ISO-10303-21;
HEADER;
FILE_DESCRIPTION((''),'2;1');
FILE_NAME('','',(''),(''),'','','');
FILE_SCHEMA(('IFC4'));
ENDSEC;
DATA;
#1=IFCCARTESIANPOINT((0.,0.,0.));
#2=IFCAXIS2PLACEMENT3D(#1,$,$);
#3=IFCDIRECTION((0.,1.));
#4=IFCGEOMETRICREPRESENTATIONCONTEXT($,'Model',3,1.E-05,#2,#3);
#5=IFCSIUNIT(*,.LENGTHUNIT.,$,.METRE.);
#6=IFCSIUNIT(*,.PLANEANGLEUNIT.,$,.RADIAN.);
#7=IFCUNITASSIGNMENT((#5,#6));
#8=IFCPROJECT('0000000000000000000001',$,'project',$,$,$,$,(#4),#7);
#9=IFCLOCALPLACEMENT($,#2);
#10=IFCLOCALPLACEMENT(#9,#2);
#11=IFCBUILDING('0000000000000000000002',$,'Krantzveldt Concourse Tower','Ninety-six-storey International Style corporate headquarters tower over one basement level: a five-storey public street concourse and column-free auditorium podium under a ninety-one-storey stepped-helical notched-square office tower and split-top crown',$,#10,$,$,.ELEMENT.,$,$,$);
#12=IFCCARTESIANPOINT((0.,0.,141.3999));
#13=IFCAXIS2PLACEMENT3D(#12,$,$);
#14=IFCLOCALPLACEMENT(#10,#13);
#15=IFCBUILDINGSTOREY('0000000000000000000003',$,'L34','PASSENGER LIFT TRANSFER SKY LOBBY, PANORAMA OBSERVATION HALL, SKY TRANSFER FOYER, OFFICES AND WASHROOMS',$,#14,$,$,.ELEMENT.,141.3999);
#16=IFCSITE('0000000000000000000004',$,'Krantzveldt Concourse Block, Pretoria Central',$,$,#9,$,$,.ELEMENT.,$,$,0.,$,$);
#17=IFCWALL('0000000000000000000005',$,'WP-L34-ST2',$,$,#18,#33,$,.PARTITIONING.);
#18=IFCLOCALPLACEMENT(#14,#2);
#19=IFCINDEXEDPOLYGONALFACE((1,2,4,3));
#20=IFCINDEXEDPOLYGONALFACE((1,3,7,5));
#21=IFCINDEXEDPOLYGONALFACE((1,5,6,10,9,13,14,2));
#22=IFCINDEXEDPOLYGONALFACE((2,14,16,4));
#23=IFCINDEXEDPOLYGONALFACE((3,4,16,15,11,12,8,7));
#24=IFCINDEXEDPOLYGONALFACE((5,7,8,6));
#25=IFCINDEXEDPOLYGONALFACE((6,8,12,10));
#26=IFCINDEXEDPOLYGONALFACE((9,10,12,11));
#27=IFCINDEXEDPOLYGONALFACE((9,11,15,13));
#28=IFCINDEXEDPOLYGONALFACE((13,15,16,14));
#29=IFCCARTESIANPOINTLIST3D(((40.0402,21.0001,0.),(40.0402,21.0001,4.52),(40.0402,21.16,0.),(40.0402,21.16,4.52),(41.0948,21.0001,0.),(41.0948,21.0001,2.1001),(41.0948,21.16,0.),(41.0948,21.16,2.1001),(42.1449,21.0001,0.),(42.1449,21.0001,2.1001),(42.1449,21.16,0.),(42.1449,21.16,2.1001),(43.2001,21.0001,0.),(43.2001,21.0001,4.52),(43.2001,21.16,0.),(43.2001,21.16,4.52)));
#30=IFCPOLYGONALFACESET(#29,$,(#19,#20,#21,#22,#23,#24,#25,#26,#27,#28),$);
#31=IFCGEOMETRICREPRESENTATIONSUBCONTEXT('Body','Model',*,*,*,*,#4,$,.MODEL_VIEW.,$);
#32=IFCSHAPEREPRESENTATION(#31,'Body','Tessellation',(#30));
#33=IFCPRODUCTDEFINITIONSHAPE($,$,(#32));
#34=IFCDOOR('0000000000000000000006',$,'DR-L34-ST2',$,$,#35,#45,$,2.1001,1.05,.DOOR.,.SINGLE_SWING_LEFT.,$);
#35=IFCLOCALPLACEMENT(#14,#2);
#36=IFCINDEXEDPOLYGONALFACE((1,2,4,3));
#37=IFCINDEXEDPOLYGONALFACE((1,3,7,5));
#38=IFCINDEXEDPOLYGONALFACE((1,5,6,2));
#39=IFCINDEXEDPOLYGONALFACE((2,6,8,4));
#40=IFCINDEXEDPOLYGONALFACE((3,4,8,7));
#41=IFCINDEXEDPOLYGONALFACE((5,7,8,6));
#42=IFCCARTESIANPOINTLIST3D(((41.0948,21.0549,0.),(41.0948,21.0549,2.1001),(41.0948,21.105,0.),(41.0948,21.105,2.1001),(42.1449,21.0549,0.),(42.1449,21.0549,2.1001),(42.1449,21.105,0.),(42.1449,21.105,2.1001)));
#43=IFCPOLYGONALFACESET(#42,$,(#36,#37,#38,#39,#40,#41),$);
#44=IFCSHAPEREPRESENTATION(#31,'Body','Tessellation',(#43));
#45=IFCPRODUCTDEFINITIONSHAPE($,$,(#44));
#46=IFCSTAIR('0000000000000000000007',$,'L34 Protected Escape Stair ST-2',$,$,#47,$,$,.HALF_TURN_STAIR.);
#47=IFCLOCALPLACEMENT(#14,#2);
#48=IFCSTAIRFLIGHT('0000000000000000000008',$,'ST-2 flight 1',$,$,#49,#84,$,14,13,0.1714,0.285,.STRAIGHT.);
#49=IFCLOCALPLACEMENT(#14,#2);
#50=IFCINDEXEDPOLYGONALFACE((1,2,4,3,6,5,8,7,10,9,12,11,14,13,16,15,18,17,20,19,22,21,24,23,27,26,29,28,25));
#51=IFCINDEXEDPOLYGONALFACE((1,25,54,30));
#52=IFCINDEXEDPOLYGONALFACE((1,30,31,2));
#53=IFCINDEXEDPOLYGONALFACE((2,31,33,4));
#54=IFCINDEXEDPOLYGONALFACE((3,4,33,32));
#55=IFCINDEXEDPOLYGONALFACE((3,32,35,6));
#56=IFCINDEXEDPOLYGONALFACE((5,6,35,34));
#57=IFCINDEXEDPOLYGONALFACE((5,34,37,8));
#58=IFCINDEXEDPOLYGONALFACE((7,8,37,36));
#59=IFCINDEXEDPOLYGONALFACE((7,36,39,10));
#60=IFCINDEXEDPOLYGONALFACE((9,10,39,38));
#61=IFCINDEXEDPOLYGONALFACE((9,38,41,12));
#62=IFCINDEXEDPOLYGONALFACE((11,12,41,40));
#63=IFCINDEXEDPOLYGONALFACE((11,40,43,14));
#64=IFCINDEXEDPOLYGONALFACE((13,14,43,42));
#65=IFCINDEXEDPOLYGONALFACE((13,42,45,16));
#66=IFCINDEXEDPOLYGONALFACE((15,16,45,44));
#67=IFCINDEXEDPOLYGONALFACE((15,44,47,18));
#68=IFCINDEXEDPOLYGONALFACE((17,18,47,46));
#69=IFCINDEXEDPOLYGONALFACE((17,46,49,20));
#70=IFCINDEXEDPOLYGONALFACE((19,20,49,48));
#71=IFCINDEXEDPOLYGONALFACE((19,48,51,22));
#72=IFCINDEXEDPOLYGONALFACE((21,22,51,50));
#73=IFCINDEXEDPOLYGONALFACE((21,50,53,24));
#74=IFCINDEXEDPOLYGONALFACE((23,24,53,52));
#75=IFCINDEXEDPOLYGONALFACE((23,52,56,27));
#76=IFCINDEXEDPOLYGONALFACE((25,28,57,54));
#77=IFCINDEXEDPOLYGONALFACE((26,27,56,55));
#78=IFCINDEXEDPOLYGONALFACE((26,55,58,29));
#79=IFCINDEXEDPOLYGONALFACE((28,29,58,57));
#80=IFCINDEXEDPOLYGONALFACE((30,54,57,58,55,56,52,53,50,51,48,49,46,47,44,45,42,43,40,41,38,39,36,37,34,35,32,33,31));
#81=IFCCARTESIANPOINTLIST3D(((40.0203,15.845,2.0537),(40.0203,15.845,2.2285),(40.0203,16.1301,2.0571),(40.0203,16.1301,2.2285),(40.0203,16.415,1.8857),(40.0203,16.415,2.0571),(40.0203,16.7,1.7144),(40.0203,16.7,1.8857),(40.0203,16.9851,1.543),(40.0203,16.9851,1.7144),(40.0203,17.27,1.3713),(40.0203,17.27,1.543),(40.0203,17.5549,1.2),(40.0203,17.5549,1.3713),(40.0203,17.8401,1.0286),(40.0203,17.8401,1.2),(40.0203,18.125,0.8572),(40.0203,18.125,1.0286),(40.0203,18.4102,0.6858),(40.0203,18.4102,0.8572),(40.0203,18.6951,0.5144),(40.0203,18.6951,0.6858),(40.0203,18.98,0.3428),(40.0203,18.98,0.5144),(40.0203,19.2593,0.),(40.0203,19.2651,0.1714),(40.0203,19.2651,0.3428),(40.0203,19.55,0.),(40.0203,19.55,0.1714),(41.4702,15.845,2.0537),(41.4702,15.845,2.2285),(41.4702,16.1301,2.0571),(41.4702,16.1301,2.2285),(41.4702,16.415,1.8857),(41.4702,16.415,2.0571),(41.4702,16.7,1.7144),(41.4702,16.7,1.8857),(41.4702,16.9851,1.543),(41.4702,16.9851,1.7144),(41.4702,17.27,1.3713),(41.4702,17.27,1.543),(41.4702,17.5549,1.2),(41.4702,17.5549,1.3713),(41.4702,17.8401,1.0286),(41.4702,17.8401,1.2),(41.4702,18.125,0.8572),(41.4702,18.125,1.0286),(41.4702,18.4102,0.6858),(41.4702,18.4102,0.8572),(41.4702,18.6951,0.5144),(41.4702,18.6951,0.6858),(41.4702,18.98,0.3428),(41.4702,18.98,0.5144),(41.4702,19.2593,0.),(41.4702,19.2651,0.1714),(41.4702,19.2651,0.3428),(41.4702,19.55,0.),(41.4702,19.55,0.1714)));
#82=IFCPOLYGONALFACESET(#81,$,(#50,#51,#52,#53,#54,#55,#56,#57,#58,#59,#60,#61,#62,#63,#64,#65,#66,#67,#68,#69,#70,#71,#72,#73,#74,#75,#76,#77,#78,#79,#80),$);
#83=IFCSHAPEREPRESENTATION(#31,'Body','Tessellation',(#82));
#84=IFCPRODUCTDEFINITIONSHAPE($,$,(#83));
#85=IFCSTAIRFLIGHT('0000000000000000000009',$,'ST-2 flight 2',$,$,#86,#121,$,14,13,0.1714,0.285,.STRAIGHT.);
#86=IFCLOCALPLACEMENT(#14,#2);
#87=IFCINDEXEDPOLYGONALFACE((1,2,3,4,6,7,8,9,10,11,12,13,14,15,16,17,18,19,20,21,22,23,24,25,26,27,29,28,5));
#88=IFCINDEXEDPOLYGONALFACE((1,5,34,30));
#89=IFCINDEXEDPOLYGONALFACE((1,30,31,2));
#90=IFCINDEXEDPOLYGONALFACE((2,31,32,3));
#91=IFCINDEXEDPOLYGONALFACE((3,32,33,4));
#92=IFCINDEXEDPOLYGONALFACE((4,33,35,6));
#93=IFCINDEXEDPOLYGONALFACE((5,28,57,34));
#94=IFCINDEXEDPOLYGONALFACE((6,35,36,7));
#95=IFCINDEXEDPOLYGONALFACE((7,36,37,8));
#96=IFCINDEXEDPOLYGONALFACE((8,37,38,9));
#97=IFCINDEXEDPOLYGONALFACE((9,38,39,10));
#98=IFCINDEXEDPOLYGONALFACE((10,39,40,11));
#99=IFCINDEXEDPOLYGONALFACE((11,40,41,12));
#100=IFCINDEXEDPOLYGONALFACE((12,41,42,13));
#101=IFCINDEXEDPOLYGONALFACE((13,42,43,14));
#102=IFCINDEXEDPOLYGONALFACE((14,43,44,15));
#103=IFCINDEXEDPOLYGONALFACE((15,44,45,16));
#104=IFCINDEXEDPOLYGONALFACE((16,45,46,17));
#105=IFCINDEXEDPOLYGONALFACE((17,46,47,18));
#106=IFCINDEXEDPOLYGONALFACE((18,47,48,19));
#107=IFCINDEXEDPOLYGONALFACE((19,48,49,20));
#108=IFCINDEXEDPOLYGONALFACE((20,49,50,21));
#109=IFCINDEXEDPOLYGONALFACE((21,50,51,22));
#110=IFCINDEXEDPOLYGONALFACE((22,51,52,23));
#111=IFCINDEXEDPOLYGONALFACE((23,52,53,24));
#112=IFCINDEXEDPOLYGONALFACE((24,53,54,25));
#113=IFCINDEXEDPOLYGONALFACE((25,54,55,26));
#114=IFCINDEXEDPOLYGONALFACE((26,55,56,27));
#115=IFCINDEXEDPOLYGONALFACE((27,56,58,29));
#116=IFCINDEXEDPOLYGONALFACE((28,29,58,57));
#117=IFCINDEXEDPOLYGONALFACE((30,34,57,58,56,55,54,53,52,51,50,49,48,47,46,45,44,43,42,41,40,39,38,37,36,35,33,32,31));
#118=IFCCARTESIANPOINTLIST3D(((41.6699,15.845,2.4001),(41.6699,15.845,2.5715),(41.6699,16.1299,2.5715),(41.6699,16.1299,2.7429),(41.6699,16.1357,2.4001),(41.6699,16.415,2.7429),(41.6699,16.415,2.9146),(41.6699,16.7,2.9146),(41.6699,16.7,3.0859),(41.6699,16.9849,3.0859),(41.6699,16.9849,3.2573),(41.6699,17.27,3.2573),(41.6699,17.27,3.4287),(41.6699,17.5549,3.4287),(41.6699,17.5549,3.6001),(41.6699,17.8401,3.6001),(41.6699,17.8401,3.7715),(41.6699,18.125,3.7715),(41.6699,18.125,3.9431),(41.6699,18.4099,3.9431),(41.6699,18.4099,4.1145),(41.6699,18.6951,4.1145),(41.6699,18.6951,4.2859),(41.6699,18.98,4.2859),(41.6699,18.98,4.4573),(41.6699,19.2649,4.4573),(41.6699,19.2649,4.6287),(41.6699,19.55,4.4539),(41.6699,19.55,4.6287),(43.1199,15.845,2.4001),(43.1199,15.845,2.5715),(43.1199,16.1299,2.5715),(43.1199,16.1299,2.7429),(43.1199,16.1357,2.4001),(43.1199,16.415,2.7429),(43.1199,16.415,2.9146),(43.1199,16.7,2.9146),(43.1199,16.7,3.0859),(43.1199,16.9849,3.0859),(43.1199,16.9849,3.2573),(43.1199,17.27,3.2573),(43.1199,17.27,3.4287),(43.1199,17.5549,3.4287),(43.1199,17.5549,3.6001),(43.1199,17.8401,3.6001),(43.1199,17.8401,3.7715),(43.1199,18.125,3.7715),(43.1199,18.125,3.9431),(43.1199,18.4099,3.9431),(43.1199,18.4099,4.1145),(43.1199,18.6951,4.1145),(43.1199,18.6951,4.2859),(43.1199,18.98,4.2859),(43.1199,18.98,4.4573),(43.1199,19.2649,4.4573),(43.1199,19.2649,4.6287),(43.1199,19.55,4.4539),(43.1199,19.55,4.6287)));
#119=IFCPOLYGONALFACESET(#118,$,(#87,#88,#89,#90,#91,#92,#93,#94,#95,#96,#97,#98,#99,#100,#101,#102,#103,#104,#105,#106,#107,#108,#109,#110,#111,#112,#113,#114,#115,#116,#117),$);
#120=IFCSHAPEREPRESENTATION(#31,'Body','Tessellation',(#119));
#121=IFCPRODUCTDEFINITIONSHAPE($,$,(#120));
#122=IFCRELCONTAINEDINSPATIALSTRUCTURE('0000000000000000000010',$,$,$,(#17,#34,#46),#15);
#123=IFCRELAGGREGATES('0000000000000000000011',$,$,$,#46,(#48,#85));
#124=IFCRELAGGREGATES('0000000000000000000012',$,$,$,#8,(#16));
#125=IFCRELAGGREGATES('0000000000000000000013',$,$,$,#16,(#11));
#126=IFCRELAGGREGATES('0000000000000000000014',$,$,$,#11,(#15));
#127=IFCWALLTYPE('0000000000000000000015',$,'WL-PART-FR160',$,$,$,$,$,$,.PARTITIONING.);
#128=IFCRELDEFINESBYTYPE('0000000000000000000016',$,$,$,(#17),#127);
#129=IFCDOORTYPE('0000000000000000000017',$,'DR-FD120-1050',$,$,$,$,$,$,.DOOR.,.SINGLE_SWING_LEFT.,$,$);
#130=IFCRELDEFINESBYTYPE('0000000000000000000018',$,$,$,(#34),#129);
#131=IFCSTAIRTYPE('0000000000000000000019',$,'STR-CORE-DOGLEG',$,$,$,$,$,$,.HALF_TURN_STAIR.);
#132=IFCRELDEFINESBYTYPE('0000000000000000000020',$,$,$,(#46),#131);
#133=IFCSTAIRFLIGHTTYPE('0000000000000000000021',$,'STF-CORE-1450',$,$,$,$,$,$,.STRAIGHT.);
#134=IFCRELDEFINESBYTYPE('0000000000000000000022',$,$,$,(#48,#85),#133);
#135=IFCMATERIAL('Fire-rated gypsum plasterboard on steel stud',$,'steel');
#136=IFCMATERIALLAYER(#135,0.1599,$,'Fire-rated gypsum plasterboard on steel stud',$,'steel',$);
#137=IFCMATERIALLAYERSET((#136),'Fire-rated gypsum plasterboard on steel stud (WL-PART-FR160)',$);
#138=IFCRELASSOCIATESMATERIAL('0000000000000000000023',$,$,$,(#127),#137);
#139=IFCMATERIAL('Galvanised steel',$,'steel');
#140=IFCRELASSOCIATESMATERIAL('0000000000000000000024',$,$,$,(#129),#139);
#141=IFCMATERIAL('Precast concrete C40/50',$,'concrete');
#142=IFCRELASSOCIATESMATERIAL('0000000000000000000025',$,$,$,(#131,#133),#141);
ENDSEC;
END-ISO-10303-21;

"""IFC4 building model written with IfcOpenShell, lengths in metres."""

from ifc_helpers import new_model, si_unit, direction, frame, frame_2d, origin, place, context, subcontext, project, spatial, polyline, rectangle, outline, extrude, material, layer, layer_set, type_object, element, fill, aggregate, save


model = new_model("IFC4")

# Units and contexts
model_context = context("Model", 3, precision=1e-05, world=origin(), true_north=direction((0.0, 1.0)))
body_context = subcontext(model_context, "Body", "Model", "MODEL_VIEW")
ifc_project = project(units=[si_unit("LENGTHUNIT", "METRE"), si_unit("PLANEANGLEUNIT", "RADIAN")], contexts=[model_context])

# Site, building, storey
site_placement = place(None, origin())
site = spatial("IfcSite", under=ifc_project, at=site_placement, Name="Krantzveldt Concourse Block, Pretoria Central", CompositionType="ELEMENT", RefElevation=0.0)
building_placement = place(site_placement, origin())
building = spatial("IfcBuilding", under=site, at=building_placement, Name="Krantzveldt Concourse Tower", Description="Ninety-six-storey International Style corporate headquarters tower over one basement level: a five-storey public street concourse and column-free auditorium podium under a ninety-one-storey stepped-helical notched-square office tower and split-top crown", CompositionType="ELEMENT")
storey_placement = place(building_placement, frame((0.0, 0.0, 141.3999)))
storey = spatial("IfcBuildingStorey", under=building, at=storey_placement, Name="L34", Description="PASSENGER LIFT TRANSFER SKY LOBBY, PANORAMA OBSERVATION HALL, SKY TRANSFER FOYER, OFFICES AND WASHROOMS", CompositionType="ELEMENT", Elevation=141.3999)

# Shared definitions
ifc_material_1 = material(Name="Fire-rated gypsum plasterboard on steel stud", Category="steel")

# Wall, opening, door
ifc_layer_1 = layer(ifc_material_1, 0.1599, Name="Fire-rated gypsum plasterboard on steel stud", Category="steel")
ifc_layer_set_1 = layer_set([ifc_layer_1], Name="Fire-rated gypsum plasterboard on steel stud (WL-PART-FR160)")
wall_type_1 = type_object("IfcWallType", Name="WL-PART-FR160", PredefinedType="PARTITIONING", material=ifc_layer_set_1)
wall_1_placement = place(storey_placement, frame((40.04, 21.0801, 0.0), z_axis=(0.0, 0.0, 1.0), x_axis=(1.0, 0.0, 0.0)))
wall_1 = element("IfcWall", 1, at=wall_1_placement, inside=storey, type_object=wall_type_1, Name="WP-L34-ST2", PredefinedType="PARTITIONING", context=body_context, shape_type="SweptSolid", body=[
    extrude(rectangle(XDim=3.1599, YDim=0.1599, at=frame_2d((1.5801, 0.0))), origin(), (0.0, 0.0, 1.0), 4.52),
])
opening_1_placement = place(wall_1_placement, frame((1.0549, 0.0, 0.0)))
opening_1 = element("IfcOpeningElement", 2, at=opening_1_placement, cuts=wall_1, PredefinedType="OPENING", context=body_context, shape_type="SweptSolid", body=[
    extrude(rectangle(XDim=1.05, YDim=2.1001, at=frame_2d((0.5249, 1.05))), frame((0.0, 0.0898, 0.0), z_axis=(0.0, -1.0, 0.0), x_axis=(1.0, 0.0, 0.0)), (0.0, 0.0, 1.0), 0.1799),
])
ifc_material_2 = material(Name="Galvanised steel", Category="steel")
door_type_1 = type_object("IfcDoorType", Name="DR-FD120-1050", OperationType="SINGLE_SWING_LEFT", PredefinedType="DOOR", material=ifc_material_2)
door_1_placement = place(opening_1_placement, origin())
door_1 = element("IfcDoor", 3, at=door_1_placement, inside=storey, type_object=door_type_1, Name="DR-L34-ST2", OperationType="SINGLE_SWING_LEFT", OverallHeight=2.1001, OverallWidth=1.05, PredefinedType="DOOR", context=body_context, shape_type="SweptSolid", body=[
    extrude(rectangle(XDim=1.05, YDim=2.1001, at=frame_2d((0.5249, 1.05))), frame((0.0, 0.0249, 0.0), z_axis=(0.0, -1.0, 0.0), x_axis=(1.0, 0.0, 0.0)), (0.0, 0.0, 1.0), 0.05),
])
fill(opening_1, door_1)

# Stair, stair flights
ifc_material_3 = material(Name="Precast concrete C40/50", Category="concrete")
stair_type = type_object("IfcStairType", Name="STR-CORE-DOGLEG", PredefinedType="HALF_TURN_STAIR", material=ifc_material_3)
stair_placement = place(storey_placement, origin())
stair = element("IfcStair", 4, at=stair_placement, inside=storey, type_object=stair_type, Name="L34 Protected Escape Stair ST-2", PredefinedType="HALF_TURN_STAIR")
stair_flight_type = type_object("IfcStairFlightType", Name="STF-CORE-1450", PredefinedType="STRAIGHT", material=ifc_material_3)
stair_flight_1_placement = place(storey_placement, frame((40.7451, 19.55, 0.0), z_axis=(0.0, 0.0, 1.0), x_axis=(0.0, -1.0, 0.0)))
stair_flight_1 = element("IfcStairFlight", 5, at=stair_flight_1_placement, type_object=stair_flight_type, Name="ST-2 flight 1", NumberOfRisers=14, NumberOfTreads=13, PredefinedType="STRAIGHT", RiserHeight=0.1714, TreadLength=0.285, context=body_context, shape_type="SweptSolid", body=[
    extrude(outline(polyline([(0.0, 0.0), (0.0, 0.1714), (0.2849, 0.1714), (0.2849, 0.3428), (0.5701, 0.3428), (0.5701, 0.5144), (0.855, 0.5144), (0.855, 0.6858), (1.1399, 0.6858), (1.1399, 0.8572), (1.425, 0.8572), (1.425, 1.0286), (1.71, 1.0286), (1.71, 1.2), (1.9951, 1.2), (1.9951, 1.3713), (2.28, 1.3713), (2.28, 1.543), (2.5649, 1.543), (2.5649, 1.7144), (2.8501, 1.7144), (2.8501, 1.8857), (3.135, 1.8857), (3.135, 2.0571), (3.4199, 2.0571), (3.4199, 2.2285), (3.7051, 2.2285), (3.7051, 2.3999), (3.7051, 2.0537), (0.2908, 0.0), (0.0, 0.0)])), frame((0.0, 0.7251, 0.0), z_axis=(0.0, -1.0, 0.0), x_axis=(1.0, 0.0, 0.0)), (0.0, 0.0, 1.0), 1.45),
])
stair_flight_2_placement = place(storey_placement, frame((42.395, 15.845, 2.4001), z_axis=(0.0, 0.0, 1.0), x_axis=(0.0, 1.0, 0.0)))
stair_flight_2 = element("IfcStairFlight", 6, at=stair_flight_2_placement, type_object=stair_flight_type, Name="ST-2 flight 2", NumberOfRisers=14, NumberOfTreads=13, PredefinedType="STRAIGHT", RiserHeight=0.1714, TreadLength=0.285, context=body_context, shape_type="SweptSolid", body=[
    extrude(outline(polyline([(0.0, 0.0), (0.0, 0.1714), (0.2849, 0.1714), (0.2849, 0.3428), (0.5701, 0.3428), (0.5701, 0.5144), (0.855, 0.5144), (0.855, 0.6858), (1.1399, 0.6858), (1.1399, 0.8572), (1.425, 0.8572), (1.425, 1.0286), (1.71, 1.0286), (1.71, 1.2), (1.9951, 1.2), (1.9951, 1.3713), (2.28, 1.3713), (2.28, 1.543), (2.5649, 1.543), (2.5649, 1.7144), (2.8501, 1.7144), (2.8501, 1.8857), (3.135, 1.8857), (3.135, 2.0571), (3.4199, 2.0571), (3.4199, 2.2285), (3.7051, 2.2285), (3.7051, 2.3999), (3.7051, 2.0537), (0.2908, 0.0), (0.0, 0.0)])), frame((0.0, 0.7251, 0.0), z_axis=(0.0, -1.0, 0.0), x_axis=(1.0, 0.0, 0.0)), (0.0, 0.0, 1.0), 1.45),
])
aggregate(stair, [stair_flight_1, stair_flight_2])

save(model, "model.ifc")
